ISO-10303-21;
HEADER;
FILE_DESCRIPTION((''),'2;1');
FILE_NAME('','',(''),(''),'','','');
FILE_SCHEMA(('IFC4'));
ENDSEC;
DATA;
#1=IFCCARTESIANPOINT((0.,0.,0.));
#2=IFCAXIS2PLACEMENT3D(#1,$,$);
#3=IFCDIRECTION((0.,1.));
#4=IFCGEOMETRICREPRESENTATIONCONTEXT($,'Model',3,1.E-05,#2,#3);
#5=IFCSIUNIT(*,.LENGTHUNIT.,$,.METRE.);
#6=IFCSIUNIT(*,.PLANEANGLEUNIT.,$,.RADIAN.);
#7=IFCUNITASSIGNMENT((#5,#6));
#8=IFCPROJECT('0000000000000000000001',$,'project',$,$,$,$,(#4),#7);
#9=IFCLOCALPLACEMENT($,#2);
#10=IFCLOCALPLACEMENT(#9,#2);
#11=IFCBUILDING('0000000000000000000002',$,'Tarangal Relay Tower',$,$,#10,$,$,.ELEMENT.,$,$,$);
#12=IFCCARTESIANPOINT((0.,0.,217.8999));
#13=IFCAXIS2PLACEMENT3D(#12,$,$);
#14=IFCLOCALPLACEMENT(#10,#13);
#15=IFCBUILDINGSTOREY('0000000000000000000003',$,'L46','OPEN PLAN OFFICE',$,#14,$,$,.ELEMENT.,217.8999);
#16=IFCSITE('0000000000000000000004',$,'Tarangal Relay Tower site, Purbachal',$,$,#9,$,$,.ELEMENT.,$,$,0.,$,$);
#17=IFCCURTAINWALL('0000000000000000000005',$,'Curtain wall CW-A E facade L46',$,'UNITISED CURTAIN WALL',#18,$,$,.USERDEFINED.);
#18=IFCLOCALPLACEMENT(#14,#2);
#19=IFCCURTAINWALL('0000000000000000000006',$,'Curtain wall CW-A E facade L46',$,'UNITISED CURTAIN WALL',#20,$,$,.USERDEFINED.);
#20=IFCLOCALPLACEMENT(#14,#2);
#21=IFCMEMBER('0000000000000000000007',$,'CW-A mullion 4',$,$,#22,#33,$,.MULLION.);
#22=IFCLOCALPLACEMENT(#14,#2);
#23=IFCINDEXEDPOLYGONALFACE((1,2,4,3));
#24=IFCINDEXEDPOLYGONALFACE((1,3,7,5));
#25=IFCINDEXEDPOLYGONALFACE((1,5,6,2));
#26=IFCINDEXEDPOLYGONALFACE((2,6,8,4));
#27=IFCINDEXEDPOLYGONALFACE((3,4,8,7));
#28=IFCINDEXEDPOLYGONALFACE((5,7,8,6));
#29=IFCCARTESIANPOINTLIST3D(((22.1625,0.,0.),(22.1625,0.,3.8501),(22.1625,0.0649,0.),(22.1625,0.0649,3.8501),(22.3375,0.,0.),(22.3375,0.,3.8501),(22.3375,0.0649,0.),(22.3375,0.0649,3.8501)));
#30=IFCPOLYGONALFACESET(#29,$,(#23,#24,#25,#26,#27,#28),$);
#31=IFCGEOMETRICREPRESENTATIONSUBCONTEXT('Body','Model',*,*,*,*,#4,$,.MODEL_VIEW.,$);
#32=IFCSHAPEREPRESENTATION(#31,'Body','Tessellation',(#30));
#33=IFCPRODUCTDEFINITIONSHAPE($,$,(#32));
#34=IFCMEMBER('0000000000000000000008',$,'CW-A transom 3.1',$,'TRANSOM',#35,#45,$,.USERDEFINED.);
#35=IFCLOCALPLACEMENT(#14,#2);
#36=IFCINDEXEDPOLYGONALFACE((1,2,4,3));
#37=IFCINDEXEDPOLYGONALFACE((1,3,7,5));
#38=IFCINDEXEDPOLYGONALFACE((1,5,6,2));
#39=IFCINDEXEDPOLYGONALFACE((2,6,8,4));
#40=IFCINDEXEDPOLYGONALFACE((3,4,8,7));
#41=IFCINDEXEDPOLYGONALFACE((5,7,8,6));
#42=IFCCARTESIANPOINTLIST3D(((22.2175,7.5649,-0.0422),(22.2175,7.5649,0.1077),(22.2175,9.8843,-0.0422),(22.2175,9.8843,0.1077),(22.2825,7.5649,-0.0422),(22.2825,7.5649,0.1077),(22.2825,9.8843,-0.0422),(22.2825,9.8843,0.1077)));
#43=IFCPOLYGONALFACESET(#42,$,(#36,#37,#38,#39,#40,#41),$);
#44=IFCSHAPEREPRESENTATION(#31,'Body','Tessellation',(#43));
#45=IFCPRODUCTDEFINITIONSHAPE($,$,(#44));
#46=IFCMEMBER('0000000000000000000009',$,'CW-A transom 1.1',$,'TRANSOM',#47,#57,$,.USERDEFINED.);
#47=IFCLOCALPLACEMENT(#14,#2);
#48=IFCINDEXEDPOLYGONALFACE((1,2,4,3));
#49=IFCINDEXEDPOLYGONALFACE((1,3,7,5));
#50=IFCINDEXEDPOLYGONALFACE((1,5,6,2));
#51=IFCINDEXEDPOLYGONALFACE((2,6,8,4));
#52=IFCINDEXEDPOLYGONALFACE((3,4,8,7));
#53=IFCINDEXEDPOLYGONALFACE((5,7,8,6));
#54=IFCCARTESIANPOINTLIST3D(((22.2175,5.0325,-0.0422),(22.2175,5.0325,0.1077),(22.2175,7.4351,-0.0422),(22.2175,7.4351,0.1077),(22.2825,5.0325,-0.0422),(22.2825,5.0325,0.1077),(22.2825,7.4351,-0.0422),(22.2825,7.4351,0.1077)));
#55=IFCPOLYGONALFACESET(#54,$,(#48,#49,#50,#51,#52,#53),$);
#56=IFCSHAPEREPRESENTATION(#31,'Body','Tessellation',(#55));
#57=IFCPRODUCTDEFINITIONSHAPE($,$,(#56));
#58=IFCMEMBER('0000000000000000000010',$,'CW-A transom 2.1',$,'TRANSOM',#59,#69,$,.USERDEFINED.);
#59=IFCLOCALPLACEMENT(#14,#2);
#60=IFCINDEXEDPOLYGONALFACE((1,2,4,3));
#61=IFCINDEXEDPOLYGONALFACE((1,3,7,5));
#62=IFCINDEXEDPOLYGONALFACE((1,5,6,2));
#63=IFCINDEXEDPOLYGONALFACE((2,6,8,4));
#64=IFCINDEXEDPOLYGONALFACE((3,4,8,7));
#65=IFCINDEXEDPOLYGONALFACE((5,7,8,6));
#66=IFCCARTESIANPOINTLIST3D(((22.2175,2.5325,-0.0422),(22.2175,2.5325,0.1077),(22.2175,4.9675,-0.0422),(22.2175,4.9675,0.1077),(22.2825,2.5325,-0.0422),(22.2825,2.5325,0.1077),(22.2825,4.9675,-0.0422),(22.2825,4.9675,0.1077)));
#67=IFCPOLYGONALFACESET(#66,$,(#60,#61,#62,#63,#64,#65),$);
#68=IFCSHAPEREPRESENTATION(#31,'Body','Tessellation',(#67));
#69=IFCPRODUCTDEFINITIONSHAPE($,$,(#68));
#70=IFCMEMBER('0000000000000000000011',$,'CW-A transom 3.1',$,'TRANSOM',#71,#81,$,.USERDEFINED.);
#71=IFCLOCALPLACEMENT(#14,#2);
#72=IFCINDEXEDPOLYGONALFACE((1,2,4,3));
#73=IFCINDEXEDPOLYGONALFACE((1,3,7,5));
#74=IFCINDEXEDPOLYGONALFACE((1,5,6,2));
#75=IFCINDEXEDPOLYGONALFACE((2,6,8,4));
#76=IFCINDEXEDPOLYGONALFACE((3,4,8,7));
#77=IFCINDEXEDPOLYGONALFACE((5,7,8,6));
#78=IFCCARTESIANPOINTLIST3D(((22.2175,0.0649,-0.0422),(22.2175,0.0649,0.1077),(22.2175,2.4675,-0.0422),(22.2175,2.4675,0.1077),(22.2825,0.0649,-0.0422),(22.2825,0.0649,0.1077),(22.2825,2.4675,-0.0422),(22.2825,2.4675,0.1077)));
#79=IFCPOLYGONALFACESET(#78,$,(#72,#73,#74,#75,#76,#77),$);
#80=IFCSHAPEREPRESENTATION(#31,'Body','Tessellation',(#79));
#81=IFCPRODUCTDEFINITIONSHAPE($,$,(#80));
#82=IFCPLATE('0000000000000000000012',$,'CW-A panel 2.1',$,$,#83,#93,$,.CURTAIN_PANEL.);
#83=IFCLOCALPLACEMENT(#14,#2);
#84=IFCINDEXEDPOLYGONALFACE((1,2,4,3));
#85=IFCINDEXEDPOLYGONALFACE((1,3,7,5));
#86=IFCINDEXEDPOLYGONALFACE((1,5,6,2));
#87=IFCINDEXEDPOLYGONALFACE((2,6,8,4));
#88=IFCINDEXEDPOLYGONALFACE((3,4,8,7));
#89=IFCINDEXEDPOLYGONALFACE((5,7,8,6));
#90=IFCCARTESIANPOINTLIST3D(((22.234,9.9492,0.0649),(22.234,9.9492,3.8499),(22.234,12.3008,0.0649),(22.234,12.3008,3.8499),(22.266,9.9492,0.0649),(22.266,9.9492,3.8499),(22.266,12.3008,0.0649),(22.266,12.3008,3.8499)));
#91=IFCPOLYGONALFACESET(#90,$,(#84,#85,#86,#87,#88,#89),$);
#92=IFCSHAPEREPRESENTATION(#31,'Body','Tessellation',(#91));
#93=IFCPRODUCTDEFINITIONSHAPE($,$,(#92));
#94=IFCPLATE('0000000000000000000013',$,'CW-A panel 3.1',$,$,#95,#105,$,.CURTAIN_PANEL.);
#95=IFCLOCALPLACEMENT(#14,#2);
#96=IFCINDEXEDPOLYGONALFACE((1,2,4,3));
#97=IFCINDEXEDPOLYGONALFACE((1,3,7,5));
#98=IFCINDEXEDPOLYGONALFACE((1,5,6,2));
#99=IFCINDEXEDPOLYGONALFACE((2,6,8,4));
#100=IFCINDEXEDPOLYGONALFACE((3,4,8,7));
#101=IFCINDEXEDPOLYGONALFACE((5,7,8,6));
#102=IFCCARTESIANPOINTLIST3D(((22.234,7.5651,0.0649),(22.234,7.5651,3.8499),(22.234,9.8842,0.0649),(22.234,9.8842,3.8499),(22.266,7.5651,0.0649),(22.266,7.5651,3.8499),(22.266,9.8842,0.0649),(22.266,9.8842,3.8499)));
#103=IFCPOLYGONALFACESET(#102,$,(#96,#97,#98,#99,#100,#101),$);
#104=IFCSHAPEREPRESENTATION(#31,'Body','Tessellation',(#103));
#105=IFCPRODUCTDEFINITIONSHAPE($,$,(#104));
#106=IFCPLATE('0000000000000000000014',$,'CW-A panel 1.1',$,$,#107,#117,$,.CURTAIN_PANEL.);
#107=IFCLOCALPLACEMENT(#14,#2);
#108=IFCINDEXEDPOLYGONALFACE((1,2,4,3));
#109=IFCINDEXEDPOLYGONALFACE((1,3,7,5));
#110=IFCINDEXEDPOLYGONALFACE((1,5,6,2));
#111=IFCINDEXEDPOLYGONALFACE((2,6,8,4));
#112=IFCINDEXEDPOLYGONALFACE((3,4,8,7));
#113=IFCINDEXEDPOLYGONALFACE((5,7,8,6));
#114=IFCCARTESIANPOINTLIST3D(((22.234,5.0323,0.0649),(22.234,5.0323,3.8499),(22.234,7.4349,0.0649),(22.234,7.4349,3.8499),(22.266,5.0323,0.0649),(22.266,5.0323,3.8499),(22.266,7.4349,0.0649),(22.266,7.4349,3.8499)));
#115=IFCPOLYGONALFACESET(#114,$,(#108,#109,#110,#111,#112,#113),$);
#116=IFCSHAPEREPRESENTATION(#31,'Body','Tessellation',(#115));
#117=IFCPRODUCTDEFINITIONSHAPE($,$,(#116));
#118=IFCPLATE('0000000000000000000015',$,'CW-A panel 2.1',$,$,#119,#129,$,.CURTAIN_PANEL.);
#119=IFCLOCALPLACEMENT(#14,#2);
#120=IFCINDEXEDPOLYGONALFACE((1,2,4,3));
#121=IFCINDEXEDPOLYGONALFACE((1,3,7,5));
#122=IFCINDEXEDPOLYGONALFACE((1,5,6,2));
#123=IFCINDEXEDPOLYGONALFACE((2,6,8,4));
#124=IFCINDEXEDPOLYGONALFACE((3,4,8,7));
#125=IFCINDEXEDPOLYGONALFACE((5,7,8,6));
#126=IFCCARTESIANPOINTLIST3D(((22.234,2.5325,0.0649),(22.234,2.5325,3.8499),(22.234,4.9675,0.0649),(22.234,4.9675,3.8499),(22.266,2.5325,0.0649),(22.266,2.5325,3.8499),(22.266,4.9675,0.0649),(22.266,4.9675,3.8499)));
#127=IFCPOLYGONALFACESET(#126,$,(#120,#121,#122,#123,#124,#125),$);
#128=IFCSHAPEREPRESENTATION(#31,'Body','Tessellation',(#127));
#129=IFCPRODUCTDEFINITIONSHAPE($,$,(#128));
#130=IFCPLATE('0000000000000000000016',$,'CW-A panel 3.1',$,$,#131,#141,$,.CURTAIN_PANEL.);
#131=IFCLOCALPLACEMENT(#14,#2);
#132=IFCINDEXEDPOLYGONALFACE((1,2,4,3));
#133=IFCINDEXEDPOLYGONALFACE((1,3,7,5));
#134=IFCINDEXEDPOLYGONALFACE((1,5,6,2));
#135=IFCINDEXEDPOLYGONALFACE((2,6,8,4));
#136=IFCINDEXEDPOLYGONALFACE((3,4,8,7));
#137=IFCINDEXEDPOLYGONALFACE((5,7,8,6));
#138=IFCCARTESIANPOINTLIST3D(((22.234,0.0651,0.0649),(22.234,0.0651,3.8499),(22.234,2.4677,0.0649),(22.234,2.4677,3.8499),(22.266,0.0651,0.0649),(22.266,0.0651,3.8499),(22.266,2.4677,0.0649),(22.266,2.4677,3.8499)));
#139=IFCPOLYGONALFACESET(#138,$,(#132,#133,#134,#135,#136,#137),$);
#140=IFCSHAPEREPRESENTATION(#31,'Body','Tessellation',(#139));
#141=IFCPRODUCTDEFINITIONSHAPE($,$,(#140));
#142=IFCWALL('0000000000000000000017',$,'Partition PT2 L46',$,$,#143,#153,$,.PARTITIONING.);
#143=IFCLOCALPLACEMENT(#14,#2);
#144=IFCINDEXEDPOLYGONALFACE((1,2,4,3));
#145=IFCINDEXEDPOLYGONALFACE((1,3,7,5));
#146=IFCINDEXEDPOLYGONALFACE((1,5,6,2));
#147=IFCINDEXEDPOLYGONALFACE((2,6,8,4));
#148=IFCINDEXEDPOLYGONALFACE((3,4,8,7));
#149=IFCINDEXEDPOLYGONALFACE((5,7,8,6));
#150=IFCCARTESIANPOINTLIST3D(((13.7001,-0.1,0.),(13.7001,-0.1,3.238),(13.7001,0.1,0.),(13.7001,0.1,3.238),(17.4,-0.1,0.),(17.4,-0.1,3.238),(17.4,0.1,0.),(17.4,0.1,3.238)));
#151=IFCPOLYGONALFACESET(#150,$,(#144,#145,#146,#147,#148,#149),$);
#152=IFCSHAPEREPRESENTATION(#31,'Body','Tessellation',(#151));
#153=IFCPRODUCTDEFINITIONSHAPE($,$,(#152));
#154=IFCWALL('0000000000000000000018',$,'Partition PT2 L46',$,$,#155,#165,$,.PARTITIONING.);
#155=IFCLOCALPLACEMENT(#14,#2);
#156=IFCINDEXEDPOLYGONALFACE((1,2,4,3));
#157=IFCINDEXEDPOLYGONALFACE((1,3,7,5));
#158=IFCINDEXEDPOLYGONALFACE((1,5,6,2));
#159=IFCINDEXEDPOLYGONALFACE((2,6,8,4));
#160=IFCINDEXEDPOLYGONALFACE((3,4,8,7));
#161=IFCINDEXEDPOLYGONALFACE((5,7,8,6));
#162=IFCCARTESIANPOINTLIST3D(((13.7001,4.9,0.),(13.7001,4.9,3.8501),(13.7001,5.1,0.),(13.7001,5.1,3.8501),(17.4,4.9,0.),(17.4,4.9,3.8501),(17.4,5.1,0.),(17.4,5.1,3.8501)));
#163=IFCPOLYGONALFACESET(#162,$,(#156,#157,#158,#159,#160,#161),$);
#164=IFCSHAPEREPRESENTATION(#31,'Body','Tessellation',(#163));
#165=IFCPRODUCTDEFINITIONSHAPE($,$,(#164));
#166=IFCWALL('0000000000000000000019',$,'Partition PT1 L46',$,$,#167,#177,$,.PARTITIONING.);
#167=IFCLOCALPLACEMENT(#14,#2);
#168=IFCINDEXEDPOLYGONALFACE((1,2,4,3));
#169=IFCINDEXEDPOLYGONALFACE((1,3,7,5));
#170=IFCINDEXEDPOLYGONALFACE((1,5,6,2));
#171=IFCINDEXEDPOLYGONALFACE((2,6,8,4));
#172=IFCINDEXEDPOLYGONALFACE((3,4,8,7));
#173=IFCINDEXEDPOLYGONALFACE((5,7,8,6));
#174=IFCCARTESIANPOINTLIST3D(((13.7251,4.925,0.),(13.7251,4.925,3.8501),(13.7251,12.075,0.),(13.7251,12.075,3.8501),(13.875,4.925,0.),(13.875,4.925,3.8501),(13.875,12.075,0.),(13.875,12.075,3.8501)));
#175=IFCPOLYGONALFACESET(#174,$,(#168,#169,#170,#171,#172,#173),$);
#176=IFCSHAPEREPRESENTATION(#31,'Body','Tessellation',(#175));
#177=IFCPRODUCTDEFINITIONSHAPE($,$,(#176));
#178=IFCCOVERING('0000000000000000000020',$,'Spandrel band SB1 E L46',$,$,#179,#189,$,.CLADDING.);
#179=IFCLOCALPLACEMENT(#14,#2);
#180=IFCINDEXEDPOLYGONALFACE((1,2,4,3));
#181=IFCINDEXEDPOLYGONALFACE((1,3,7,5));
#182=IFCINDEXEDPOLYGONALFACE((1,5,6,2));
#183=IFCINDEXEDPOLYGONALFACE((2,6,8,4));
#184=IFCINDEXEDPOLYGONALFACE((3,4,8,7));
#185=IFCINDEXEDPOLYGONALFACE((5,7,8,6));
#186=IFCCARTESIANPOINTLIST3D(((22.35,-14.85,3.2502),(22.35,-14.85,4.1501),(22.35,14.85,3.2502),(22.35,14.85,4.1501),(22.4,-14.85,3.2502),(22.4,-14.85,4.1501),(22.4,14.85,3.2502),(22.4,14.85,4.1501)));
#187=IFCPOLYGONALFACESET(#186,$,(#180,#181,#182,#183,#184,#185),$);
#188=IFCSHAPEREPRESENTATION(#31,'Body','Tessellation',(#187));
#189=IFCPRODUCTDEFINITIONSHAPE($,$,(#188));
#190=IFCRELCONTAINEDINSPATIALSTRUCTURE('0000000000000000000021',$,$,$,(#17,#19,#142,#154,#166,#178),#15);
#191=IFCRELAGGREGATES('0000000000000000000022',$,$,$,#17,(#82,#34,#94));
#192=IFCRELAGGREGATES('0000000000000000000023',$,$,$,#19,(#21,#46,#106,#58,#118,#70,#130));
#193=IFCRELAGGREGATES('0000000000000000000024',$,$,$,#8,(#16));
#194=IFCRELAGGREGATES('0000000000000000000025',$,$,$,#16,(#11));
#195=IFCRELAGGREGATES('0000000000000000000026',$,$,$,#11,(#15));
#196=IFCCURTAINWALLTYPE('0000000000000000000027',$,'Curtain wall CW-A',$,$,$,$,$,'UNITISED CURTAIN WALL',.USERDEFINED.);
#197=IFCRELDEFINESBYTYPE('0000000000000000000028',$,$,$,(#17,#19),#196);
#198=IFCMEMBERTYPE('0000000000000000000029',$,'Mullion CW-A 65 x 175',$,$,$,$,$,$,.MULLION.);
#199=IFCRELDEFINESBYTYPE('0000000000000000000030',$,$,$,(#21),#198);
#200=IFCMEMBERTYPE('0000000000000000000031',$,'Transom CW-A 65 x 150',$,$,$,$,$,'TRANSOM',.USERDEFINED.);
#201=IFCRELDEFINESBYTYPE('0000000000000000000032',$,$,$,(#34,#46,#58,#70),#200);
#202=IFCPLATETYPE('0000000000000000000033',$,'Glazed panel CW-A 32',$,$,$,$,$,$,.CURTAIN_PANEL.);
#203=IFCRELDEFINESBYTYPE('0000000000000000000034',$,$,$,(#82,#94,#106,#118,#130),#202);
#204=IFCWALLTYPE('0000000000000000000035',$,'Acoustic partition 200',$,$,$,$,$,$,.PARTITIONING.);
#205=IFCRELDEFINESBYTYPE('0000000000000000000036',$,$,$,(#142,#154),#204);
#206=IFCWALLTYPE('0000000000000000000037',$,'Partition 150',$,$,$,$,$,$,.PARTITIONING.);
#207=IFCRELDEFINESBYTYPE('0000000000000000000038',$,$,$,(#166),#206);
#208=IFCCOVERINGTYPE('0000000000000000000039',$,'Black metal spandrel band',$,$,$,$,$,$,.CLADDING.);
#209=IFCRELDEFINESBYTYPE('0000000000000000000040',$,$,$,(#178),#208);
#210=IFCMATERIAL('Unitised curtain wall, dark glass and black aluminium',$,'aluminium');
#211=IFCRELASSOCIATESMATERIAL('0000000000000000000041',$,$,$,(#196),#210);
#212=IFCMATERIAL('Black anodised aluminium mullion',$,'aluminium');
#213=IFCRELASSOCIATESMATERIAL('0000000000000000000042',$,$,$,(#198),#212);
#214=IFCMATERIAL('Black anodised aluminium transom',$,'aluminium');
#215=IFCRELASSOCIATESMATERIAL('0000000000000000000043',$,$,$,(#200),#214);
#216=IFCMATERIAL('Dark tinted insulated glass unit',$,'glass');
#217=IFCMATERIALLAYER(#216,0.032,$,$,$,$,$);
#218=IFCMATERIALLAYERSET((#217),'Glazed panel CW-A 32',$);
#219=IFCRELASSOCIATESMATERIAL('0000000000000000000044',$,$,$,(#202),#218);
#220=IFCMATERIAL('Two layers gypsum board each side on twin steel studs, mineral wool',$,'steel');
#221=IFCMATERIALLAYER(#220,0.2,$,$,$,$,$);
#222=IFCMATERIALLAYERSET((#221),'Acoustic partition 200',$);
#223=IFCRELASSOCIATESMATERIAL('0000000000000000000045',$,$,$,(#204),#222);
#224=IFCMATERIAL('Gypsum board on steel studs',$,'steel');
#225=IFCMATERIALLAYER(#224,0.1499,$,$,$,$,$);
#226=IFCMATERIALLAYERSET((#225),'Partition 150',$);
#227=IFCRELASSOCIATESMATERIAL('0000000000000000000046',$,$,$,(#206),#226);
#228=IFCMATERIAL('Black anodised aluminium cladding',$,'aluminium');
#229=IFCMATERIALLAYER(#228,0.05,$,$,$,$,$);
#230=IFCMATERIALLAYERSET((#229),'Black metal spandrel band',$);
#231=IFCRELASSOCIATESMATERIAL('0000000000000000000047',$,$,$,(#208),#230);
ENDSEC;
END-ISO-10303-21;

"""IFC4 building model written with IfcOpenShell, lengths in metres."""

from ifc_helpers import new_model, si_unit, direction, frame, frame_2d, origin, origin_2d, place, context, subcontext, project, spatial, rectangle, extrude, material, layer, layer_set, material_profile, profile_set, type_object, element, aggregate, save


model = new_model("IFC4")

# Units and contexts
model_context = context("Model", 3, precision=1e-05, world=origin(), true_north=direction((0.0, 1.0)))
body_context = subcontext(model_context, "Body", "Model", "MODEL_VIEW")
ifc_project = project(units=[si_unit("LENGTHUNIT", "METRE"), si_unit("PLANEANGLEUNIT", "RADIAN")], contexts=[model_context])

# Site, building, storey
site_placement = place(None, origin())
site = spatial("IfcSite", under=ifc_project, at=site_placement, Name="Tarangal Relay Tower site, Purbachal", CompositionType="ELEMENT", RefElevation=0.0)
building_placement = place(site_placement, origin())
building = spatial("IfcBuilding", under=site, at=building_placement, Name="Tarangal Relay Tower", CompositionType="ELEMENT")
storey_placement = place(building_placement, frame((0.0, 0.0, 217.8999)))
storey = spatial("IfcBuildingStorey", under=building, at=storey_placement, Name="L46", Description="OPEN PLAN OFFICE", CompositionType="ELEMENT", Elevation=217.8999)

# Curtain walls, member
ifc_material_1 = material(Name="Unitised curtain wall, dark glass and black aluminium", Category="aluminium")
curtain_wall_type = type_object("IfcCurtainWallType", Name="Curtain wall CW-A", ElementType="UNITISED CURTAIN WALL", PredefinedType="USERDEFINED", material=ifc_material_1)
curtain_wall_1_placement = place(storey_placement, origin())
curtain_wall_1 = element("IfcCurtainWall", 1, at=curtain_wall_1_placement, inside=storey, type_object=curtain_wall_type, Name="Curtain wall CW-A E facade L46", ObjectType="UNITISED CURTAIN WALL", PredefinedType="USERDEFINED")
ifc_material_2 = material(Name="Black anodised aluminium mullion", Category="aluminium")
ifc_material_profile_1 = material_profile(ifc_material_2, rectangle(XDim=0.175, YDim=0.0649, at=origin_2d()), Name="CW-AM 65X175")
ifc_profile_set_1 = profile_set([ifc_material_profile_1], Name="Black anodised aluminium mullion")
member_type_1 = type_object("IfcMemberType", Name="Mullion CW-A 65 x 175", PredefinedType="MULLION", material=ifc_profile_set_1)
curtain_wall_2_placement = place(storey_placement, origin())
curtain_wall_2 = element("IfcCurtainWall", 2, at=curtain_wall_2_placement, inside=storey, type_object=curtain_wall_type, Name="Curtain wall CW-A E facade L46", ObjectType="UNITISED CURTAIN WALL", PredefinedType="USERDEFINED")
member_1_placement = place(storey_placement, frame((22.25, 0.0325, 0.0), z_axis=(0.0, 0.0, 1.0), x_axis=(1.0, 0.0, 0.0)))
member_1 = element("IfcMember", 3, at=member_1_placement, type_object=member_type_1, Name="CW-A mullion 4", PredefinedType="MULLION", context=body_context, shape_type="SweptSolid", body=[
    extrude(rectangle(XDim=0.175, YDim=0.0649, at=origin_2d()), origin(), (0.0, 0.0, 1.0), 3.8501),
])

# Members
ifc_material_3 = material(Name="Black anodised aluminium transom", Category="aluminium")
ifc_material_profile_2 = material_profile(ifc_material_3, rectangle(XDim=0.0649, YDim=0.1499, at=origin_2d()), Name="CW-AT 65X150")
ifc_profile_set_2 = profile_set([ifc_material_profile_2], Name="Black anodised aluminium transom")
member_type_2 = type_object("IfcMemberType", Name="Transom CW-A 65 x 150", ElementType="TRANSOM", PredefinedType="USERDEFINED", material=ifc_profile_set_2)
member_2_placement = place(storey_placement, frame((22.25, 9.8843, 0.0327), z_axis=(0.0, -1.0, 0.0), x_axis=(1.0, 0.0, 0.0)))
member_2 = element("IfcMember", 4, at=member_2_placement, type_object=member_type_2, Name="CW-A transom 3.1", ObjectType="TRANSOM", PredefinedType="USERDEFINED", context=body_context, shape_type="SweptSolid", body=[
    extrude(rectangle(XDim=0.0649, YDim=0.1499, at=origin_2d()), origin(), (0.0, 0.0, 1.0), 2.3193),
])
member_3_placement = place(storey_placement, frame((22.25, 7.4351, 0.0327), z_axis=(0.0, -1.0, 0.0), x_axis=(1.0, 0.0, 0.0)))
member_3 = element("IfcMember", 5, at=member_3_placement, type_object=member_type_2, Name="CW-A transom 1.1", ObjectType="TRANSOM", PredefinedType="USERDEFINED", context=body_context, shape_type="SweptSolid", body=[
    extrude(rectangle(XDim=0.0649, YDim=0.1499, at=origin_2d()), origin(), (0.0, 0.0, 1.0), 2.4026),
])
member_4_placement = place(storey_placement, frame((22.25, 4.9675, 0.0327), z_axis=(0.0, -1.0, 0.0), x_axis=(1.0, 0.0, 0.0)))
member_4 = element("IfcMember", 6, at=member_4_placement, type_object=member_type_2, Name="CW-A transom 2.1", ObjectType="TRANSOM", PredefinedType="USERDEFINED", context=body_context, shape_type="SweptSolid", body=[
    extrude(rectangle(XDim=0.0649, YDim=0.1499, at=origin_2d()), origin(), (0.0, 0.0, 1.0), 2.4351),
])
member_5_placement = place(storey_placement, frame((22.25, 2.4675, 0.0327), z_axis=(0.0, -1.0, 0.0), x_axis=(1.0, 0.0, 0.0)))
member_5 = element("IfcMember", 7, at=member_5_placement, type_object=member_type_2, Name="CW-A transom 3.1", ObjectType="TRANSOM", PredefinedType="USERDEFINED", context=body_context, shape_type="SweptSolid", body=[
    extrude(rectangle(XDim=0.0649, YDim=0.1499, at=origin_2d()), origin(), (0.0, 0.0, 1.0), 2.4026),
])

# Plates
ifc_material_4 = material(Name="Dark tinted insulated glass unit", Category="glass")
ifc_layer_1 = layer(ifc_material_4, 0.032)
ifc_layer_set_1 = layer_set([ifc_layer_1], Name="Glazed panel CW-A 32")
plate_type = type_object("IfcPlateType", Name="Glazed panel CW-A 32", PredefinedType="CURTAIN_PANEL", material=ifc_layer_set_1)
plate_1_placement = place(storey_placement, frame((22.25, 11.125, 0.0649), z_axis=(0.0, 0.0, 1.0), x_axis=(0.0, -1.0, 0.0)))
plate_1 = element("IfcPlate", 8, at=plate_1_placement, type_object=plate_type, Name="CW-A panel 2.1", PredefinedType="CURTAIN_PANEL", context=body_context, shape_type="SweptSolid", body=[
    extrude(rectangle(XDim=2.3516, YDim=0.032, at=origin_2d()), origin(), (0.0, 0.0, 1.0), 3.7849),
])
plate_2_placement = place(storey_placement, frame((22.25, 8.7246, 0.0649), z_axis=(0.0, 0.0, 1.0), x_axis=(0.0, -1.0, 0.0)))
plate_2 = element("IfcPlate", 9, at=plate_2_placement, type_object=plate_type, Name="CW-A panel 3.1", PredefinedType="CURTAIN_PANEL", context=body_context, shape_type="SweptSolid", body=[
    extrude(rectangle(XDim=2.3191, YDim=0.032, at=origin_2d()), origin(), (0.0, 0.0, 1.0), 3.7849),
])
aggregate(curtain_wall_1, [plate_1, member_2, plate_2])
plate_3_placement = place(storey_placement, frame((22.25, 6.2336, 0.0649), z_axis=(0.0, 0.0, 1.0), x_axis=(0.0, -1.0, 0.0)))
plate_3 = element("IfcPlate", 10, at=plate_3_placement, type_object=plate_type, Name="CW-A panel 1.1", PredefinedType="CURTAIN_PANEL", context=body_context, shape_type="SweptSolid", body=[
    extrude(rectangle(XDim=2.4026, YDim=0.032, at=origin_2d()), origin(), (0.0, 0.0, 1.0), 3.7849),
])
plate_4_placement = place(storey_placement, frame((22.25, 3.75, 0.0649), z_axis=(0.0, 0.0, 1.0), x_axis=(0.0, -1.0, 0.0)))
plate_4 = element("IfcPlate", 11, at=plate_4_placement, type_object=plate_type, Name="CW-A panel 2.1", PredefinedType="CURTAIN_PANEL", context=body_context, shape_type="SweptSolid", body=[
    extrude(rectangle(XDim=2.4351, YDim=0.032, at=origin_2d()), origin(), (0.0, 0.0, 1.0), 3.7849),
])
plate_5_placement = place(storey_placement, frame((22.25, 1.2664, 0.0649), z_axis=(0.0, 0.0, 1.0), x_axis=(0.0, -1.0, 0.0)))
plate_5 = element("IfcPlate", 12, at=plate_5_placement, type_object=plate_type, Name="CW-A panel 3.1", PredefinedType="CURTAIN_PANEL", context=body_context, shape_type="SweptSolid", body=[
    extrude(rectangle(XDim=2.4026, YDim=0.032, at=origin_2d()), origin(), (0.0, 0.0, 1.0), 3.7849),
])
aggregate(curtain_wall_2, [member_1, member_3, plate_3, member_4, plate_4, member_5, plate_5])

# Walls
ifc_material_5 = material(Name="Two layers gypsum board each side on twin steel studs, mineral wool", Category="steel")
ifc_layer_2 = layer(ifc_material_5, 0.2)
ifc_layer_set_2 = layer_set([ifc_layer_2], Name="Acoustic partition 200")
wall_type_1 = type_object("IfcWallType", Name="Acoustic partition 200", PredefinedType="PARTITIONING", material=ifc_layer_set_2)
wall_1_placement = place(storey_placement, frame((13.7, 0.0, 0.0), z_axis=(0.0, 0.0, 1.0), x_axis=(1.0, 0.0, 0.0)))
element("IfcWall", 13, at=wall_1_placement, inside=storey, type_object=wall_type_1, Name="Partition PT2 L46", PredefinedType="PARTITIONING", context=body_context, shape_type="SweptSolid", body=[
    extrude(rectangle(XDim=3.7, YDim=0.2, at=frame_2d((1.8501, 0.0))), origin(), (0.0, 0.0, 1.0), 3.238),
])
wall_2_placement = place(storey_placement, frame((13.7, 5.0, 0.0), z_axis=(0.0, 0.0, 1.0), x_axis=(1.0, 0.0, 0.0)))
element("IfcWall", 14, at=wall_2_placement, inside=storey, type_object=wall_type_1, Name="Partition PT2 L46", PredefinedType="PARTITIONING", context=body_context, shape_type="SweptSolid", body=[
    extrude(rectangle(XDim=3.7, YDim=0.2, at=frame_2d((1.8501, 0.0))), origin(), (0.0, 0.0, 1.0), 3.8501),
])
ifc_material_6 = material(Name="Gypsum board on steel studs", Category="steel")
ifc_layer_3 = layer(ifc_material_6, 0.1499)
ifc_layer_set_3 = layer_set([ifc_layer_3], Name="Partition 150")
wall_type_2 = type_object("IfcWallType", Name="Partition 150", PredefinedType="PARTITIONING", material=ifc_layer_set_3)
wall_3_placement = place(storey_placement, frame((13.8, 4.925, 0.0), z_axis=(0.0, 0.0, 1.0), x_axis=(0.0, 1.0, 0.0)))
element("IfcWall", 15, at=wall_3_placement, inside=storey, type_object=wall_type_2, Name="Partition PT1 L46", PredefinedType="PARTITIONING", context=body_context, shape_type="SweptSolid", body=[
    extrude(rectangle(XDim=7.1499, YDim=0.1499, at=frame_2d((3.575, 0.0))), origin(), (0.0, 0.0, 1.0), 3.8501),
])

# Covering
ifc_material_7 = material(Name="Black anodised aluminium cladding", Category="aluminium")
ifc_layer_4 = layer(ifc_material_7, 0.05)
ifc_layer_set_4 = layer_set([ifc_layer_4], Name="Black metal spandrel band")
covering_type = type_object("IfcCoveringType", Name="Black metal spandrel band", PredefinedType="CLADDING", material=ifc_layer_set_4)
covering_placement = place(storey_placement, frame((22.375, 0.0, 3.2502), z_axis=(0.0, 0.0, 1.0), x_axis=(0.0, -1.0, 0.0)))
element("IfcCovering", 16, at=covering_placement, inside=storey, type_object=covering_type, Name="Spandrel band SB1 E L46", PredefinedType="CLADDING", context=body_context, shape_type="SweptSolid", body=[
    extrude(rectangle(XDim=29.7, YDim=0.05, at=origin_2d()), origin(), (0.0, 0.0, 1.0), 0.8999),
])

save(model, "model.ifc")
